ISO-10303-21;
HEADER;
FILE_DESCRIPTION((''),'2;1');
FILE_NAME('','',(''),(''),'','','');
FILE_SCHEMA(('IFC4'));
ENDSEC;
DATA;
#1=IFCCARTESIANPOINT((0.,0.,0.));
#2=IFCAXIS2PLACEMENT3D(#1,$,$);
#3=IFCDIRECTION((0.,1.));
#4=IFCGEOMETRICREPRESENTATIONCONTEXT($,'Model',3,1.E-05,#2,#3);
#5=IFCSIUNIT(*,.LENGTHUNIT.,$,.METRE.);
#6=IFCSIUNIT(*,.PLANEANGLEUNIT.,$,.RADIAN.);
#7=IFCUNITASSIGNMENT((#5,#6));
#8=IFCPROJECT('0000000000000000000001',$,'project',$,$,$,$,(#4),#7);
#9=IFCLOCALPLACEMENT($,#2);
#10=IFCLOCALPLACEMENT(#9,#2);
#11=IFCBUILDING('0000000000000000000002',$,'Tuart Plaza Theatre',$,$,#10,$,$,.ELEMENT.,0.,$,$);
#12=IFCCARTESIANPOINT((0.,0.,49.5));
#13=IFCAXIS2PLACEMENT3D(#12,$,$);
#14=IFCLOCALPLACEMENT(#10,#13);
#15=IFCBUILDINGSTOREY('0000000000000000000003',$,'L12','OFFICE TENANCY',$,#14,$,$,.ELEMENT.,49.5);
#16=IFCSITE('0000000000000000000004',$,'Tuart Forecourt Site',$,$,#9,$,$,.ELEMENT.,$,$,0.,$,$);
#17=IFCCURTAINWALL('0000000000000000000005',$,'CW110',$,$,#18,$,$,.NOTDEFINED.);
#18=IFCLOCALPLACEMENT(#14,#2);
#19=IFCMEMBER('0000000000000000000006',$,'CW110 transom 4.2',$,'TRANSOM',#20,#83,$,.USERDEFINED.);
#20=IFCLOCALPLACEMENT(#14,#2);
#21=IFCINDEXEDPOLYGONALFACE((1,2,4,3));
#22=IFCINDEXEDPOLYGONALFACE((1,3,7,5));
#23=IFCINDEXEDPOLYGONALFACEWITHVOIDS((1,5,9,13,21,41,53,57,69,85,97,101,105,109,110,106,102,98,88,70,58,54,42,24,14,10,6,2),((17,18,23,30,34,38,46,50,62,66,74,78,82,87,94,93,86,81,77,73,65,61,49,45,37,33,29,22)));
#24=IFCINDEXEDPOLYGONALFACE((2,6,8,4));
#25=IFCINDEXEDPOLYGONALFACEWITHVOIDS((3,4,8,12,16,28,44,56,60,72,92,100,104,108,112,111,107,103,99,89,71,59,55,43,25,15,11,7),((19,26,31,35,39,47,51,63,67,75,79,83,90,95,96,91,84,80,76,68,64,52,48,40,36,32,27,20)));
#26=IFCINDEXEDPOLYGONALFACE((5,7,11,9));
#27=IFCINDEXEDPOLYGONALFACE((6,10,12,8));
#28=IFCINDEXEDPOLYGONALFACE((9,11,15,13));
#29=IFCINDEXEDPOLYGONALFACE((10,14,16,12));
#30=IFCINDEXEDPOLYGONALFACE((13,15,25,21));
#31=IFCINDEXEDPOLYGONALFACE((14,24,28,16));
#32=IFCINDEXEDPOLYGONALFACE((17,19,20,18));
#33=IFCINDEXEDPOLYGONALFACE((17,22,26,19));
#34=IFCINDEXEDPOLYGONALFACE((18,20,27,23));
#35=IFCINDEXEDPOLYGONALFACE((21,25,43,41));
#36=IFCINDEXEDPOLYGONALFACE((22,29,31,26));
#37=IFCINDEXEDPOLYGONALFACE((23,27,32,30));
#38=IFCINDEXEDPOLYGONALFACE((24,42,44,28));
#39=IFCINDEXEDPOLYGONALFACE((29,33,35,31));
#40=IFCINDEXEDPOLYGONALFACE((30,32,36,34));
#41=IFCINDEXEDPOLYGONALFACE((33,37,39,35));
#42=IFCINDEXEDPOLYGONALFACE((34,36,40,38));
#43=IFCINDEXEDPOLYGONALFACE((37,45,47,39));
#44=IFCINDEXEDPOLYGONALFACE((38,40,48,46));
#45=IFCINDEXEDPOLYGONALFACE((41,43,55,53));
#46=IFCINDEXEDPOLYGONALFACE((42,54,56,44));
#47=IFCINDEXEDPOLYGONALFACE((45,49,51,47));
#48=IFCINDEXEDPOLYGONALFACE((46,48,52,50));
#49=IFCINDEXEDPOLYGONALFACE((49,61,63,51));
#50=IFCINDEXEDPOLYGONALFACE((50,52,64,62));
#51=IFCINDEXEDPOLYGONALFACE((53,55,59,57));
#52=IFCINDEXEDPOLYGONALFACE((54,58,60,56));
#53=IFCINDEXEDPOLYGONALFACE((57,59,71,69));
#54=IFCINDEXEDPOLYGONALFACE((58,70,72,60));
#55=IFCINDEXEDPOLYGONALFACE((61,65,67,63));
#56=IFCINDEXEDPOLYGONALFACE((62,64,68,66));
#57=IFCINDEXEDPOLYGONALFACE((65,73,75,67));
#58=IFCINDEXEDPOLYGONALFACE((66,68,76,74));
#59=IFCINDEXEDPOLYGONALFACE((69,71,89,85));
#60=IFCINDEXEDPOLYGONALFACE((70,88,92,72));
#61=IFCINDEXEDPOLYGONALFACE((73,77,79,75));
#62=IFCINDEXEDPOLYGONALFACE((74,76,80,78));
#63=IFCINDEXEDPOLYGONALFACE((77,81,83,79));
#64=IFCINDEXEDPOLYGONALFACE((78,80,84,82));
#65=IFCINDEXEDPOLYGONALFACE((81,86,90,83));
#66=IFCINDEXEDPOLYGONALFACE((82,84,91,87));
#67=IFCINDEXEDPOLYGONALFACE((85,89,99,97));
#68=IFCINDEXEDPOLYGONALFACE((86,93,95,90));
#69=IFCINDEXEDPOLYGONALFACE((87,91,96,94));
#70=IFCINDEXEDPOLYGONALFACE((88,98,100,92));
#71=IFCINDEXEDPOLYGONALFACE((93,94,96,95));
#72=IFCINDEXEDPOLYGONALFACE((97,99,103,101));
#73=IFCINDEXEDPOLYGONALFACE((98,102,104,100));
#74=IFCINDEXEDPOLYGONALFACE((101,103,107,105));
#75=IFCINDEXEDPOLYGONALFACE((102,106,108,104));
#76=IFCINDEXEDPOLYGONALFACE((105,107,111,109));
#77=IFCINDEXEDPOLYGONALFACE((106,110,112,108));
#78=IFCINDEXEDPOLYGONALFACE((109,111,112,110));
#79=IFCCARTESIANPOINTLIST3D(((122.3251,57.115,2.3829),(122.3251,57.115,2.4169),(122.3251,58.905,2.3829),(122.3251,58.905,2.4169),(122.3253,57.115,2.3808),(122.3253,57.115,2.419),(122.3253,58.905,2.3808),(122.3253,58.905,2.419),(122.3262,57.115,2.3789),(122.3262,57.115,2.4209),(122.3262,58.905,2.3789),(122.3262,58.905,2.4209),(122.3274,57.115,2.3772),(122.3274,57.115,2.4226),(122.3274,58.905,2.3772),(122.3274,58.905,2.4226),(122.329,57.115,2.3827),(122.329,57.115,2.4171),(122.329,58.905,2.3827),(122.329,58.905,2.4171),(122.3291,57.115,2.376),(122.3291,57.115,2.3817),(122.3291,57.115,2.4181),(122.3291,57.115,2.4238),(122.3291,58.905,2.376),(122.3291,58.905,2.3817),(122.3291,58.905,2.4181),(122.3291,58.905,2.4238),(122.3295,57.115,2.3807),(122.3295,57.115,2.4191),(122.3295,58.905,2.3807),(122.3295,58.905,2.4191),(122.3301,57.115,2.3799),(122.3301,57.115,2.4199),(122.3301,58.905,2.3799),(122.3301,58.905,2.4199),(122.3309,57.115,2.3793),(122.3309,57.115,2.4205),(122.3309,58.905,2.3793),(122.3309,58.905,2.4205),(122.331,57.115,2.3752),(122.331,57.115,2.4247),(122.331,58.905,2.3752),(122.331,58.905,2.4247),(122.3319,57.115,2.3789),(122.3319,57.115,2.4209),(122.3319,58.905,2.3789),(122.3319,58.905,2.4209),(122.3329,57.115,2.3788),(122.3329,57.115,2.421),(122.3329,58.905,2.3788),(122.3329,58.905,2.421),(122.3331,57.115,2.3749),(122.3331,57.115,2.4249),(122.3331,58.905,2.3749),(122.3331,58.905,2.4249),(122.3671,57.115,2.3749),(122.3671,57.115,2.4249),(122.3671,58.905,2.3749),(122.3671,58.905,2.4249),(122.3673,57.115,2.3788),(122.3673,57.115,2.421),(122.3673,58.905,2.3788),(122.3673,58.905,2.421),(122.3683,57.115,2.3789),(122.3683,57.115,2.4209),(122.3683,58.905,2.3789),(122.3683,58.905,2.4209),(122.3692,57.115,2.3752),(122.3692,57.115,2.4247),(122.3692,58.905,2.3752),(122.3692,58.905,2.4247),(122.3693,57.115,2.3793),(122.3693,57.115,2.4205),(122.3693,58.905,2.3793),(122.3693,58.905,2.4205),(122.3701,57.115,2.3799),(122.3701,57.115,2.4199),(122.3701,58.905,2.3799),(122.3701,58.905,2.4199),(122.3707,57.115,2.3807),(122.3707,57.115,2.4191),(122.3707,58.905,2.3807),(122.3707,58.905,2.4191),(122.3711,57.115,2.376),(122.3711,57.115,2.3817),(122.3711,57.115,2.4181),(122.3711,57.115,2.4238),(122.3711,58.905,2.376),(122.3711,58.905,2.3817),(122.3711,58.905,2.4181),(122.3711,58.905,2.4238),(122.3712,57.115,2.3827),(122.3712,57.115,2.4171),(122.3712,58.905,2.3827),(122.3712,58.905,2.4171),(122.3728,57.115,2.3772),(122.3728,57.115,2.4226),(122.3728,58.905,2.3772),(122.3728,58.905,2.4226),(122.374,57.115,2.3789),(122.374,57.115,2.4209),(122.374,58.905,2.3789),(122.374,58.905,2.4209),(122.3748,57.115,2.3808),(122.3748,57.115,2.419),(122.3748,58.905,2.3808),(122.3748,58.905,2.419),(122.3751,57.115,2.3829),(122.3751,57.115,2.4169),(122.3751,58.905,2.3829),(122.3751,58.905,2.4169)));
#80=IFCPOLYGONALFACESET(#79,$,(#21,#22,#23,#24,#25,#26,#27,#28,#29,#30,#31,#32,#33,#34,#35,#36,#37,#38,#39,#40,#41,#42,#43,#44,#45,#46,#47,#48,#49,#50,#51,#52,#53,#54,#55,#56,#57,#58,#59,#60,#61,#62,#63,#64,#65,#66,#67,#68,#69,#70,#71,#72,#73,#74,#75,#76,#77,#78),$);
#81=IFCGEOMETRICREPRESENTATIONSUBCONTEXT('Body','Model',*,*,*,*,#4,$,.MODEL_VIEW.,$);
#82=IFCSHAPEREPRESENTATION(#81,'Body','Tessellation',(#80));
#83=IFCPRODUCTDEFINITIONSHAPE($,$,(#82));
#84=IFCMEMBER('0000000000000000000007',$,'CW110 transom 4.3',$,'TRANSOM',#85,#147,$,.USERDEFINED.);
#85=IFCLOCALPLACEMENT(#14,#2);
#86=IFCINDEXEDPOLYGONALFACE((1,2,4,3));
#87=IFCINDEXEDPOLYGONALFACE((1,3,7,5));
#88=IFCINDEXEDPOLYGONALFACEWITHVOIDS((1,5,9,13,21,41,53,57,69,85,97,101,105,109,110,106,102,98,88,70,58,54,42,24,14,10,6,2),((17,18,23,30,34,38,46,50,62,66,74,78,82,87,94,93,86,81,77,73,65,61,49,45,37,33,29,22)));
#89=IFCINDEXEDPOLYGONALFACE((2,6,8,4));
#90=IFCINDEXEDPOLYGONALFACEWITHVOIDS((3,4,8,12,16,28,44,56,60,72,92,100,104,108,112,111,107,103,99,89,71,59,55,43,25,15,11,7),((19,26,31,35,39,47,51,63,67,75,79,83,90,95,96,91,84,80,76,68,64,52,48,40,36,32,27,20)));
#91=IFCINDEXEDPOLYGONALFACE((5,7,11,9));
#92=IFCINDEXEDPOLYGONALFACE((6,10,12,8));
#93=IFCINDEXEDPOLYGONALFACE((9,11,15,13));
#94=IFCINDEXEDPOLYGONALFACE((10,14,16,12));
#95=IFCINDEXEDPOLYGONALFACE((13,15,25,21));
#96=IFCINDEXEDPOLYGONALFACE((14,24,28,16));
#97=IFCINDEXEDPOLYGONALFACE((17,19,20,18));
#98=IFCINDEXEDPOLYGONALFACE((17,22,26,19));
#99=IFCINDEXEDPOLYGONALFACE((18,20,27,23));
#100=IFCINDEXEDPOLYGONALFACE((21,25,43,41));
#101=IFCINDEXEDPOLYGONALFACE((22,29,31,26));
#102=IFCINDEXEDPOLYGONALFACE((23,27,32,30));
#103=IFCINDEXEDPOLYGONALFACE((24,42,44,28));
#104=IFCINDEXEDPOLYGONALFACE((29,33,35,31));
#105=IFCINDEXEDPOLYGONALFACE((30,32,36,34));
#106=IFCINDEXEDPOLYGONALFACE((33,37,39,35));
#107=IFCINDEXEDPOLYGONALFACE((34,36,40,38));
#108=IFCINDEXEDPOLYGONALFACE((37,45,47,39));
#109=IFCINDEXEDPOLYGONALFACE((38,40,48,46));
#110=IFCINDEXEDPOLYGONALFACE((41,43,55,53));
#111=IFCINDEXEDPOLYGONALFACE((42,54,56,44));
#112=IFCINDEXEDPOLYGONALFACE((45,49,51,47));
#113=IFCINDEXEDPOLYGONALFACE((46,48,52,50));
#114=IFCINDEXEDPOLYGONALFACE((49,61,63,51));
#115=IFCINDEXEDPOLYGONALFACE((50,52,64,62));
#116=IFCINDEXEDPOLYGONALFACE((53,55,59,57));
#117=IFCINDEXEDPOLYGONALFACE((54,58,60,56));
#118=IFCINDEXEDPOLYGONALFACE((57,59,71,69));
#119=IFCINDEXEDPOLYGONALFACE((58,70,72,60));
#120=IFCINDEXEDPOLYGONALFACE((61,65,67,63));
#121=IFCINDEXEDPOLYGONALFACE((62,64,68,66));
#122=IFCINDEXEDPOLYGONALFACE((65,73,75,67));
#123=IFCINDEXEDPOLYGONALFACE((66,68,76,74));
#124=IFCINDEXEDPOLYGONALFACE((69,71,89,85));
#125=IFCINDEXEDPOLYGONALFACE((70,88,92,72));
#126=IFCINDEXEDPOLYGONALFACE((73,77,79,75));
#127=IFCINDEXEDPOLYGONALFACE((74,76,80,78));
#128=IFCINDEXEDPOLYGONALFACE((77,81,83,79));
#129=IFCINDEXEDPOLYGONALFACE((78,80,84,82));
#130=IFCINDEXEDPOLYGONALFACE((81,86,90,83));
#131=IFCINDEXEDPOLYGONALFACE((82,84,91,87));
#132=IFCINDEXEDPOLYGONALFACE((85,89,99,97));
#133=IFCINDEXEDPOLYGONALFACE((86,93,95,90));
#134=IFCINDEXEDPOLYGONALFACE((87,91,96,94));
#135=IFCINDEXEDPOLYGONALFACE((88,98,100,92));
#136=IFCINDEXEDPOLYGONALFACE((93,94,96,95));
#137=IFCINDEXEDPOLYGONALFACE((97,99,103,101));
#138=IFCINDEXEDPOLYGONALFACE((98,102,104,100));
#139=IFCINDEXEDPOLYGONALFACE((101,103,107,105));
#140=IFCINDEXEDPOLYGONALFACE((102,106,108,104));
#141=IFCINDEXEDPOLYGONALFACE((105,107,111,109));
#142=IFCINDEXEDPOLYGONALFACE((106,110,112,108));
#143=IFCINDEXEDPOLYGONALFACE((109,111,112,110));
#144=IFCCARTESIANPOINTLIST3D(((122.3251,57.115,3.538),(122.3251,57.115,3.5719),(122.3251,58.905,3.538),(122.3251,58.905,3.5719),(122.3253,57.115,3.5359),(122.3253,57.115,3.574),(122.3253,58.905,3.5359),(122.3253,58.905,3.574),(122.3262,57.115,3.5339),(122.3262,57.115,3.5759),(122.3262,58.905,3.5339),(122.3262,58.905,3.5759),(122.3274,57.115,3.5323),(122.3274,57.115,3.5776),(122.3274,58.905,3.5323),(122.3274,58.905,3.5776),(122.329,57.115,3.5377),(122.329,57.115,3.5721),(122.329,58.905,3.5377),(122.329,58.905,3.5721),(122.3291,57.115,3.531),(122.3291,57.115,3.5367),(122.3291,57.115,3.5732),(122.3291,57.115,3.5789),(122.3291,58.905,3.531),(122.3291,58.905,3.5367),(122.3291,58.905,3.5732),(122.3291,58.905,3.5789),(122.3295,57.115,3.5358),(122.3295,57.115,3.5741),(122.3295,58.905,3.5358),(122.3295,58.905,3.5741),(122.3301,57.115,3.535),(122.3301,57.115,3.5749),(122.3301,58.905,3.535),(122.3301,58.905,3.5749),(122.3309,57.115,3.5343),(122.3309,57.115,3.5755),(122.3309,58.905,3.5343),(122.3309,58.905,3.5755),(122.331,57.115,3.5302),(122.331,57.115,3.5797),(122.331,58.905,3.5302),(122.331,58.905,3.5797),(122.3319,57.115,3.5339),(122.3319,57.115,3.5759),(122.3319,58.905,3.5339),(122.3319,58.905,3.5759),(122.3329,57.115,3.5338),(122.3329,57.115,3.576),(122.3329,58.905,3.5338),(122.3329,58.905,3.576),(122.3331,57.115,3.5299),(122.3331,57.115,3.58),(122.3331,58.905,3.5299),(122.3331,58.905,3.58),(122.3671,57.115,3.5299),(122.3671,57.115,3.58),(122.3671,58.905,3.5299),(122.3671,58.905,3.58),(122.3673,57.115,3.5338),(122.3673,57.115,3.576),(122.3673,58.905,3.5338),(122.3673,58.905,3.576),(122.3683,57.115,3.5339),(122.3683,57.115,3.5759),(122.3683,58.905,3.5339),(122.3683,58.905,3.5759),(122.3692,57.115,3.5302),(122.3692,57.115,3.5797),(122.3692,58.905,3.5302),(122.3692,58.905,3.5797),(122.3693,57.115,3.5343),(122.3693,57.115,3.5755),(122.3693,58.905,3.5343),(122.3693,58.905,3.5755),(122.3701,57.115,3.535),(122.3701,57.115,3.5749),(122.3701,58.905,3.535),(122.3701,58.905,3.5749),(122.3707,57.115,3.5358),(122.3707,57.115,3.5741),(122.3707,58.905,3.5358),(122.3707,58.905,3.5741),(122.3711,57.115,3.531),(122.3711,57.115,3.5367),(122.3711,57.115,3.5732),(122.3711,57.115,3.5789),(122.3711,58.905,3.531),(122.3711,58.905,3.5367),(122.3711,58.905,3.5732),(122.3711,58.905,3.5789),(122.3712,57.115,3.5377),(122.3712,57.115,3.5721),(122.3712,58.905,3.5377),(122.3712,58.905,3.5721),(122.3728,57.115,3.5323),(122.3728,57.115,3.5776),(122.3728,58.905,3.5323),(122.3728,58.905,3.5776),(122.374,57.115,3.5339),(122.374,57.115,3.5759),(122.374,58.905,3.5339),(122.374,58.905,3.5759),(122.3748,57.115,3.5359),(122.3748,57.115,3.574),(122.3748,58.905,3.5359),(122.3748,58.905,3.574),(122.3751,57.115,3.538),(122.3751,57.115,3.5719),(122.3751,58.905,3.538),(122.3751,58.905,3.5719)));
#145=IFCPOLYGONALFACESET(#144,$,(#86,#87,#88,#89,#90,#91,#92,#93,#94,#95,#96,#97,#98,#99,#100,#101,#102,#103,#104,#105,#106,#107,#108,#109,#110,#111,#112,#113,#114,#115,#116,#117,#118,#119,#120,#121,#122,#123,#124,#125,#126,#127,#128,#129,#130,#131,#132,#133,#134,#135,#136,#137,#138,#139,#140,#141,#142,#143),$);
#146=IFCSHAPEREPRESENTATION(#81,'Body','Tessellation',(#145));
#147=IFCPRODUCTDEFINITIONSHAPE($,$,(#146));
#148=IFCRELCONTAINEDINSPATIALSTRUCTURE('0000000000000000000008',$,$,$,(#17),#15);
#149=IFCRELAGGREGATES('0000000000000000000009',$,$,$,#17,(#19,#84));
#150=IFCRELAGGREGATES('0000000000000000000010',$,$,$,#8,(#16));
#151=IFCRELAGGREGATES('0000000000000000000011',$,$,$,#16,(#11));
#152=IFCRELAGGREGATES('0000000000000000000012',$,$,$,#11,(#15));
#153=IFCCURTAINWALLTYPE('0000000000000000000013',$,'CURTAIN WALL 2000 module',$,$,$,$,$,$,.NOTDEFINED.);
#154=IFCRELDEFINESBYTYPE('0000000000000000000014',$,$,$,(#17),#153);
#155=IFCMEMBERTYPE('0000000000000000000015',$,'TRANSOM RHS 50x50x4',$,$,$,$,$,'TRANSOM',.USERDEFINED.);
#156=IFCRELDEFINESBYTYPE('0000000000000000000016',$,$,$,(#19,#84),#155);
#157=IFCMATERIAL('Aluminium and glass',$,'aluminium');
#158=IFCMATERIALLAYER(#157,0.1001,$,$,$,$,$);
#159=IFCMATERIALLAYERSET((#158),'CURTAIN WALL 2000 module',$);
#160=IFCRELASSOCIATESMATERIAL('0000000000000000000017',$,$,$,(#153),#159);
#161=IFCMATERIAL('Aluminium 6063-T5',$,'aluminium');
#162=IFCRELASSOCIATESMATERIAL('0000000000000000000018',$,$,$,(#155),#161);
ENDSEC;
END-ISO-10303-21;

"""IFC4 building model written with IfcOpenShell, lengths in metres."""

from ifc_helpers import new_model, si_unit, direction, frame, origin, origin_2d, place, context, subcontext, project, spatial, hollow_rectangle, extrude, material, layer, layer_set, material_profile, profile_set, type_object, element, aggregate, save


model = new_model("IFC4")

# Units and contexts
model_context = context("Model", 3, precision=1e-05, world=origin(), true_north=direction((0.0, 1.0)))
body_context = subcontext(model_context, "Body", "Model", "MODEL_VIEW")
ifc_project = project(units=[si_unit("LENGTHUNIT", "METRE"), si_unit("PLANEANGLEUNIT", "RADIAN")], contexts=[model_context])

# Site, building, storey
site_placement = place(None, origin())
site = spatial("IfcSite", under=ifc_project, at=site_placement, Name="Tuart Forecourt Site", CompositionType="ELEMENT", RefElevation=0.0)
building_placement = place(site_placement, origin())
building = spatial("IfcBuilding", under=site, at=building_placement, Name="Tuart Plaza Theatre", CompositionType="ELEMENT", ElevationOfRefHeight=0.0)
storey_placement = place(building_placement, frame((0.0, 0.0, 49.5)))
storey = spatial("IfcBuildingStorey", under=building, at=storey_placement, Name="L12", Description="OFFICE TENANCY", CompositionType="ELEMENT", Elevation=49.5)

# Curtain wall, members
ifc_material_1 = material(Name="Aluminium and glass", Category="aluminium")
ifc_layer_1 = layer(ifc_material_1, 0.1001)
ifc_layer_set_1 = layer_set([ifc_layer_1], Name="CURTAIN WALL 2000 module")
curtain_wall_type = type_object("IfcCurtainWallType", Name="CURTAIN WALL 2000 module", PredefinedType="NOTDEFINED", material=ifc_layer_set_1)
curtain_wall_placement = place(storey_placement, origin())
curtain_wall = element("IfcCurtainWall", 1, at=curtain_wall_placement, inside=storey, type_object=curtain_wall_type, Name="CW110", PredefinedType="NOTDEFINED")
ifc_material_2 = material(Name="Aluminium 6063-T5", Category="aluminium")
ifc_material_profile_1 = material_profile(ifc_material_2, hollow_rectangle(XDim=0.05, YDim=0.05, WallThickness=0.0039, InnerFilletRadius=0.0039, OuterFilletRadius=0.0081, at=origin_2d()), Name="RHS 50x50x4")
ifc_profile_set_1 = profile_set([ifc_material_profile_1], Name="Aluminium 6063-T5")
member_type_1 = type_object("IfcMemberType", Name="TRANSOM RHS 50x50x4", ElementType="TRANSOM", PredefinedType="USERDEFINED", material=ifc_profile_set_1)
member_1_placement = place(storey_placement, frame((122.3501, 58.905, 2.3999), z_axis=(0.0, -1.0, 0.0), x_axis=(1.0, 0.0, 0.0)))
member_1 = element("IfcMember", 2, at=member_1_placement, type_object=member_type_1, Name="CW110 transom 4.2", ObjectType="TRANSOM", PredefinedType="USERDEFINED", context=body_context, shape_type="SweptSolid", body=[
    extrude(hollow_rectangle(XDim=0.05, YDim=0.05, WallThickness=0.0039, InnerFilletRadius=0.0039, OuterFilletRadius=0.0081, at=origin_2d()), origin(), (0.0, 0.0, 1.0), 1.79),
])
member_2_placement = place(storey_placement, frame((122.3501, 58.905, 3.5549), z_axis=(0.0, -1.0, 0.0), x_axis=(1.0, 0.0, 0.0)))
member_2 = element("IfcMember", 3, at=member_2_placement, type_object=member_type_1, Name="CW110 transom 4.3", ObjectType="TRANSOM", PredefinedType="USERDEFINED", context=body_context, shape_type="SweptSolid", body=[
    extrude(hollow_rectangle(XDim=0.05, YDim=0.05, WallThickness=0.0039, InnerFilletRadius=0.0039, OuterFilletRadius=0.0081, at=origin_2d()), origin(), (0.0, 0.0, 1.0), 1.79),
])
aggregate(curtain_wall, [member_1, member_2])

save(model, "model.ifc")
